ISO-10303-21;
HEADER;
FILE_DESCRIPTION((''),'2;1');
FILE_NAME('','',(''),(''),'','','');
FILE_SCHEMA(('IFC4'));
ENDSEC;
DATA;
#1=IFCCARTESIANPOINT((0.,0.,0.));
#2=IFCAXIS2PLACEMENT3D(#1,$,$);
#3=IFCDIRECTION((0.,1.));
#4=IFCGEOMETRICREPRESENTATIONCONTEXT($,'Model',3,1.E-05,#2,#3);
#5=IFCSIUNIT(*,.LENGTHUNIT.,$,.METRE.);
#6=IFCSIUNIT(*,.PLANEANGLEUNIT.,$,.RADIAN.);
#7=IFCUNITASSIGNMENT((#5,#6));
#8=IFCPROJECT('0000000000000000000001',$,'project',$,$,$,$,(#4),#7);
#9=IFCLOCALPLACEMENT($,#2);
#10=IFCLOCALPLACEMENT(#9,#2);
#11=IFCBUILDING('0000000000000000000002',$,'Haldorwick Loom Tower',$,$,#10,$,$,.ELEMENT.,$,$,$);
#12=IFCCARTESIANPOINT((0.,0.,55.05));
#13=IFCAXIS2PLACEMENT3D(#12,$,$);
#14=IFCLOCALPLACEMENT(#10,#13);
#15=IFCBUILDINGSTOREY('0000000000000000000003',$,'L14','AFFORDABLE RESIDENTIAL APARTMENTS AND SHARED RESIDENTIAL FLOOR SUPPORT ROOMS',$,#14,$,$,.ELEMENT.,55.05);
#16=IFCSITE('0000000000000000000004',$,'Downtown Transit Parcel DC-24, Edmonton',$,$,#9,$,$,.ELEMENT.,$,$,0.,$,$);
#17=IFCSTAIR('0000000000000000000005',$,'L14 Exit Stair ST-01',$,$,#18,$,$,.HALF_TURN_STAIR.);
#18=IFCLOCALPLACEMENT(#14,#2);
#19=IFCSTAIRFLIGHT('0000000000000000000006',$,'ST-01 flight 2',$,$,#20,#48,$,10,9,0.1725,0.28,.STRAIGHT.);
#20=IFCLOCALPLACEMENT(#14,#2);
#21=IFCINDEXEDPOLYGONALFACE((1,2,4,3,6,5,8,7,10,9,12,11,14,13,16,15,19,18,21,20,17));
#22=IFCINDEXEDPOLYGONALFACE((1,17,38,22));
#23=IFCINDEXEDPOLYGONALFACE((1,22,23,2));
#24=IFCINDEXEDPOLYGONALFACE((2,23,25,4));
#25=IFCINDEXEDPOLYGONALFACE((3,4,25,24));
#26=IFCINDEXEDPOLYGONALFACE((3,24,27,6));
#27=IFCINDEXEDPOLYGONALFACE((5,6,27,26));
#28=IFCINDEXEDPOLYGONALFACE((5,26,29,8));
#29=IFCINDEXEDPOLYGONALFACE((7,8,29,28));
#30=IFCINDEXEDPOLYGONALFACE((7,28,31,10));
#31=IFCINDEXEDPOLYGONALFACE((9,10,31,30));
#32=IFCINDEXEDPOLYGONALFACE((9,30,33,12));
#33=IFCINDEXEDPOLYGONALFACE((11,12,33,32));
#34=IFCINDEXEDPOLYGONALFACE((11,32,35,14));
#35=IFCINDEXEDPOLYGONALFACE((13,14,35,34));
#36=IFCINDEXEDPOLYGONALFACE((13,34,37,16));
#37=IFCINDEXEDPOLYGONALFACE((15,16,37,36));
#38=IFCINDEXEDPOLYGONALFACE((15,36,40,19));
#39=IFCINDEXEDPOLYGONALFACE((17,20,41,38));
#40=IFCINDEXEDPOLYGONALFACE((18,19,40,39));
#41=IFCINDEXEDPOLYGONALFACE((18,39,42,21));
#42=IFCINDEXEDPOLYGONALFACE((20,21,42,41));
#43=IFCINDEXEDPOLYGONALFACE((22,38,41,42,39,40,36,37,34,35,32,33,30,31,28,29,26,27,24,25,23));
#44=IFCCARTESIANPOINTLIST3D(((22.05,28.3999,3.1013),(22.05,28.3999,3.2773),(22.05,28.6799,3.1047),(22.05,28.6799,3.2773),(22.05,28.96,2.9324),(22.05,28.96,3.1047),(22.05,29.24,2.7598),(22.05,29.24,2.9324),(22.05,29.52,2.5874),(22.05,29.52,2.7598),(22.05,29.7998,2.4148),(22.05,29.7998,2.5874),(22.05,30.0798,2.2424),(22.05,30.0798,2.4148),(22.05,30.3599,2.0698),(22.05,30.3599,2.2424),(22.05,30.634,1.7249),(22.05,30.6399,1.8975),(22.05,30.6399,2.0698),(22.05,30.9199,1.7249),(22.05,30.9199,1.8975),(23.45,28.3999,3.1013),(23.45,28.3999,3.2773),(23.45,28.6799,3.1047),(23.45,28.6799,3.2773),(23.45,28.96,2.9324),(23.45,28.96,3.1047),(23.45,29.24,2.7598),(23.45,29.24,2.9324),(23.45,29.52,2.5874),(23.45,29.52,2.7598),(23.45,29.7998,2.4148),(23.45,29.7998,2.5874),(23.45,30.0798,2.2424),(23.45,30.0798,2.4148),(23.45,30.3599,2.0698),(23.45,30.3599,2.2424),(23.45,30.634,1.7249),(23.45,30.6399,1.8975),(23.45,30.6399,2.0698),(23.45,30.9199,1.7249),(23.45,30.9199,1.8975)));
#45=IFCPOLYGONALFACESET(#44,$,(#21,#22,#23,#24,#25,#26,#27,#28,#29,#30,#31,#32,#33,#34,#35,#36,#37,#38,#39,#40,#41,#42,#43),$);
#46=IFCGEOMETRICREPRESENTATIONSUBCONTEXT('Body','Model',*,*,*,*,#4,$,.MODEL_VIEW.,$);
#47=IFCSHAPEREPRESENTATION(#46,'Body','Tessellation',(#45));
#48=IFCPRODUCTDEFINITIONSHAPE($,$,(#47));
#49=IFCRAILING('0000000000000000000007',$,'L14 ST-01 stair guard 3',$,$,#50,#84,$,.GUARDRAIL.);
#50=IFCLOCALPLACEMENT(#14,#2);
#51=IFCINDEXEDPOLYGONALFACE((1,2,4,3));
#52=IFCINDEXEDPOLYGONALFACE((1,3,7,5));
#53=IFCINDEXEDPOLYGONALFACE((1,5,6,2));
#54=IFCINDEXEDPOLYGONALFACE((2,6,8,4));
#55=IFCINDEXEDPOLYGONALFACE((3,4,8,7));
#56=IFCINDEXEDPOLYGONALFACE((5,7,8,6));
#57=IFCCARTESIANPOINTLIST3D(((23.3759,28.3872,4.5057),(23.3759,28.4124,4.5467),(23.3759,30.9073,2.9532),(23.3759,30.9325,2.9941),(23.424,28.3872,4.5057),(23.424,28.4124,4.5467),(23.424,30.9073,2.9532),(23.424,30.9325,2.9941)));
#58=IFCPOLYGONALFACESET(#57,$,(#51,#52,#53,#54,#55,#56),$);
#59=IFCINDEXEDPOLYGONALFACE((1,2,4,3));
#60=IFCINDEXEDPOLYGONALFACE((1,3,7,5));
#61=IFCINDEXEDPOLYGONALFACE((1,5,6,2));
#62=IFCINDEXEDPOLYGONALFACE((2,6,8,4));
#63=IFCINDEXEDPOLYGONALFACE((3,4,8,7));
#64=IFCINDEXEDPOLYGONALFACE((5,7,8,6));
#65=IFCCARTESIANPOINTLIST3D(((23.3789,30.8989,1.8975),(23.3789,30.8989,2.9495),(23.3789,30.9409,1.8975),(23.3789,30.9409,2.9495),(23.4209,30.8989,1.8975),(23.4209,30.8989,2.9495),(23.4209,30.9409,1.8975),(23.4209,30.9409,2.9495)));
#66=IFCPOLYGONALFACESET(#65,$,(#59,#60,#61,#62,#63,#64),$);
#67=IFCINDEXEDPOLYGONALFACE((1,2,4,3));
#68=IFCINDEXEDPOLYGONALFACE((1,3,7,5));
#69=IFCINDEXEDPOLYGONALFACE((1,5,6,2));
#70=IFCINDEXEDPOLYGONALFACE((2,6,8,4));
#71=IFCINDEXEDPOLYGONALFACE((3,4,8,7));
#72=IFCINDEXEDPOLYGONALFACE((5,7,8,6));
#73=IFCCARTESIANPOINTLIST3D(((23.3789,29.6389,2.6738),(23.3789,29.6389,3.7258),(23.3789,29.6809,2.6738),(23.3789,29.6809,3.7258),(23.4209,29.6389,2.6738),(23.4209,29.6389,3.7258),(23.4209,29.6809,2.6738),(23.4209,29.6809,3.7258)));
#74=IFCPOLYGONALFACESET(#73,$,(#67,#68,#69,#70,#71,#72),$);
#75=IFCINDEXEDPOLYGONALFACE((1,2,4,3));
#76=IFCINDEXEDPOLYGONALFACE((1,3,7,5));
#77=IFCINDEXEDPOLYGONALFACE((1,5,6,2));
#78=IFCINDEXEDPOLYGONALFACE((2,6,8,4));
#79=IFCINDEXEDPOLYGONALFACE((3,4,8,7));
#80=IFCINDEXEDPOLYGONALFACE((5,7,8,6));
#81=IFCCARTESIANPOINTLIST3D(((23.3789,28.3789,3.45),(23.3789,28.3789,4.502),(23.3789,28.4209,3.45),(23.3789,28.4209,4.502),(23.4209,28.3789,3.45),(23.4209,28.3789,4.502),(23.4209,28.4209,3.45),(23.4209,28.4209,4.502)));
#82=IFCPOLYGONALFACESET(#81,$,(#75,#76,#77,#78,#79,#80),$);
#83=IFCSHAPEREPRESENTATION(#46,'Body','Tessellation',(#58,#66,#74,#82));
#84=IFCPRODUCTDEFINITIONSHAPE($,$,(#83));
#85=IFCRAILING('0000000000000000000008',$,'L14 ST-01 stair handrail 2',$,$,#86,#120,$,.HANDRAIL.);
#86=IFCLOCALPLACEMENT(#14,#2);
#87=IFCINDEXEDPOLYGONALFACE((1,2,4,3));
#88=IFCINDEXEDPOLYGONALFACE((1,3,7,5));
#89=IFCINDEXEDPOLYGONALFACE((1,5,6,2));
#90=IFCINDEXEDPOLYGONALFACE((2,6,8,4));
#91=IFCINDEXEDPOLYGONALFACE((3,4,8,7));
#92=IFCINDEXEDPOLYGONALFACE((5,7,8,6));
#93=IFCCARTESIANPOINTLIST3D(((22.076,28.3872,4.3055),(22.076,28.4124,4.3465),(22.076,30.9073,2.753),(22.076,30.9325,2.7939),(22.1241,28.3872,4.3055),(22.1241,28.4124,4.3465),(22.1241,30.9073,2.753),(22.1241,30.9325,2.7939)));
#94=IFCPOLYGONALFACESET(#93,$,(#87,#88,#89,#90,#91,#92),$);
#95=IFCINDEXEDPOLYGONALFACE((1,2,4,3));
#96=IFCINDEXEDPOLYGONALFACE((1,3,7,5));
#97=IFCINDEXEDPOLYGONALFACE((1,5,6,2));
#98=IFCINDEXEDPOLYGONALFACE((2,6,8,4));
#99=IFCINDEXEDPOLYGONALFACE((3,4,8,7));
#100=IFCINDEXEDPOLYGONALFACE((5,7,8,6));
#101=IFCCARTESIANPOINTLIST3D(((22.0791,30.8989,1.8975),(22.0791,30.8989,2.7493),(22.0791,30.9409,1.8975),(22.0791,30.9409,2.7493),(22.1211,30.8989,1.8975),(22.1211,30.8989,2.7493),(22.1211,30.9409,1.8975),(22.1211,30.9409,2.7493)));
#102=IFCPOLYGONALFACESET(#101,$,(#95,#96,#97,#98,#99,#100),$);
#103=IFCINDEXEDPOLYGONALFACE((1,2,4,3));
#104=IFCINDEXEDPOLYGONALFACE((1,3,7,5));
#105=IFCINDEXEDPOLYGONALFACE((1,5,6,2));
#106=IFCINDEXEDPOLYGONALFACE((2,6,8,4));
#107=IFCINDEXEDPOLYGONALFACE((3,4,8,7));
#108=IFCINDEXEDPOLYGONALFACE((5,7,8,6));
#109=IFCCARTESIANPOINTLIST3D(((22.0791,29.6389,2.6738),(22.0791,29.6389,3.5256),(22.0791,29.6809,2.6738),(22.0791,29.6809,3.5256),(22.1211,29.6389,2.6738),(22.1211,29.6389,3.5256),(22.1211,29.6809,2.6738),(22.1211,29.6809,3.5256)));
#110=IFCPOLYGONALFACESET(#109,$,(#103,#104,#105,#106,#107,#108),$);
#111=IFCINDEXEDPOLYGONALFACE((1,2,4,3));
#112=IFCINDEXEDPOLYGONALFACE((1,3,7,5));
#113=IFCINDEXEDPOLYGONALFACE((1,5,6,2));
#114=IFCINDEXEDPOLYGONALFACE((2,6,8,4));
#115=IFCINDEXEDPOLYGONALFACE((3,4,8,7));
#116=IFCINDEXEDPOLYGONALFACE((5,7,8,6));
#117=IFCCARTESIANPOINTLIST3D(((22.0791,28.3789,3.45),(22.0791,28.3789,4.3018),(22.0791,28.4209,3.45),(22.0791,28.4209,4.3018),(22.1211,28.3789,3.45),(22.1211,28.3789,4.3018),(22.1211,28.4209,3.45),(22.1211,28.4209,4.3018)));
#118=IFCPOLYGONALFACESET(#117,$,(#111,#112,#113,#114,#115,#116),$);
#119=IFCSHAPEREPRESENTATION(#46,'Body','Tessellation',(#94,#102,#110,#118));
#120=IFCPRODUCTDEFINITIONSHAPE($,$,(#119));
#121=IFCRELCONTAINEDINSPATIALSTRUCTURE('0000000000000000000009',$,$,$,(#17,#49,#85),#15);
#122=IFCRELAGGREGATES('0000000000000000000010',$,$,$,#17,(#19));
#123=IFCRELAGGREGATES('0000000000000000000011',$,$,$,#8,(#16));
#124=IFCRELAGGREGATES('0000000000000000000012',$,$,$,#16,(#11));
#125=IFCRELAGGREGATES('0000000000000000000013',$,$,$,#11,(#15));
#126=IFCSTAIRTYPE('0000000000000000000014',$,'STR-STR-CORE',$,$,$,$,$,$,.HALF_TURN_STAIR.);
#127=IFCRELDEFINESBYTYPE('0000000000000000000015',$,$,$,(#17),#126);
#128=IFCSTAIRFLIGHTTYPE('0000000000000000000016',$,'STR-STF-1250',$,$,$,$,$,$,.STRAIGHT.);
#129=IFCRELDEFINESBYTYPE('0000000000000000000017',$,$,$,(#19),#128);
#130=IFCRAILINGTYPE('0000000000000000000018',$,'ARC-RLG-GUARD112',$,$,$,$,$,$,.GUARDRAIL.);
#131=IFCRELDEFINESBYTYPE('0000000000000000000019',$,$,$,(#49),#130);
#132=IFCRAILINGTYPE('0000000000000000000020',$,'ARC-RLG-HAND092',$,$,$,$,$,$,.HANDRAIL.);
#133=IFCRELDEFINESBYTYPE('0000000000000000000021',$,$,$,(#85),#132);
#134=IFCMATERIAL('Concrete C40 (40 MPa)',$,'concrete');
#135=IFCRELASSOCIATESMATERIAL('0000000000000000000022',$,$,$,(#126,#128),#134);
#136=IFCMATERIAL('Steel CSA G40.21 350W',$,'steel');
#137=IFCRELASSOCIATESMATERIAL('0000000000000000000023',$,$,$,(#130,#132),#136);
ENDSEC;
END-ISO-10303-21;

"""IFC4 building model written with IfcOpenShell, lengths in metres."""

from ifc_helpers import new_model, si_unit, direction, frame, origin, origin_2d, place, context, subcontext, project, spatial, polyline, rectangle, outline, extrude, material, type_object, element, aggregate, save


model = new_model("IFC4")

# Units and contexts
model_context = context("Model", 3, precision=1e-05, world=origin(), true_north=direction((0.0, 1.0)))
body_context = subcontext(model_context, "Body", "Model", "MODEL_VIEW")
ifc_project = project(units=[si_unit("LENGTHUNIT", "METRE"), si_unit("PLANEANGLEUNIT", "RADIAN")], contexts=[model_context])

# Site, building, storey
site_placement = place(None, origin())
site = spatial("IfcSite", under=ifc_project, at=site_placement, Name="Downtown Transit Parcel DC-24, Edmonton", CompositionType="ELEMENT", RefElevation=0.0)
building_placement = place(site_placement, origin())
building = spatial("IfcBuilding", under=site, at=building_placement, Name="Haldorwick Loom Tower", CompositionType="ELEMENT")
storey_placement = place(building_placement, frame((0.0, 0.0, 55.05)))
storey = spatial("IfcBuildingStorey", under=building, at=storey_placement, Name="L14", Description="AFFORDABLE RESIDENTIAL APARTMENTS AND SHARED RESIDENTIAL FLOOR SUPPORT ROOMS", CompositionType="ELEMENT", Elevation=55.05)

# Shared definitions
ifc_material_1 = material(Name="Steel CSA G40.21 350W", Category="steel")

# Stair, stair flight
ifc_material_2 = material(Name="Concrete C40 (40 MPa)", Category="concrete")
stair_type = type_object("IfcStairType", Name="STR-STR-CORE", PredefinedType="HALF_TURN_STAIR", material=ifc_material_2)
stair_placement = place(storey_placement, origin())
stair = element("IfcStair", 1, at=stair_placement, inside=storey, type_object=stair_type, Name="L14 Exit Stair ST-01", PredefinedType="HALF_TURN_STAIR")
stair_flight_type = type_object("IfcStairFlightType", Name="STR-STF-1250", PredefinedType="STRAIGHT", material=ifc_material_2)
stair_flight_placement = place(storey_placement, frame((22.75, 30.9199, 1.7249), z_axis=(0.0, 0.0, 1.0), x_axis=(0.0, -1.0, 0.0)))
stair_flight = element("IfcStairFlight", 2, at=stair_flight_placement, type_object=stair_flight_type, Name="ST-01 flight 2", NumberOfRisers=10, NumberOfTreads=9, PredefinedType="STRAIGHT", RiserHeight=0.1725, TreadLength=0.28, context=body_context, shape_type="SweptSolid", body=[
    extrude(outline(polyline([(0.0, 0.0), (0.0, 0.1726), (0.28, 0.1726), (0.28, 0.345), (0.5601, 0.345), (0.5601, 0.5176), (0.8401, 0.5176), (0.8401, 0.6899), (1.1201, 0.6899), (1.1201, 0.8625), (1.3999, 0.8625), (1.3999, 1.0349), (1.6799, 1.0349), (1.6799, 1.2075), (1.96, 1.2075), (1.96, 1.3799), (2.24, 1.3799), (2.24, 1.5525), (2.52, 1.5525), (2.52, 1.7251), (2.52, 1.3765), (0.2859, 0.0), (0.0, 0.0)])), frame((0.0, 0.7, 0.0), z_axis=(0.0, -1.0, 0.0), x_axis=(1.0, 0.0, 0.0)), (0.0, 0.0, 1.0), 1.3999),
])
aggregate(stair, [stair_flight])

# Railings
railing_type_1 = type_object("IfcRailingType", Name="ARC-RLG-GUARD112", PredefinedType="GUARDRAIL", material=ifc_material_1)
railing_1_placement = place(storey_placement, frame((23.3999, 30.9199, 1.8975)))
element("IfcRailing", 3, at=railing_1_placement, inside=storey, type_object=railing_type_1, Name="L14 ST-01 stair guard 3", PredefinedType="GUARDRAIL", context=body_context, shape_type="SweptSolid", body=[
    extrude(rectangle(XDim=0.0481, YDim=0.0481, at=origin_2d()), frame((0.0, 0.0, 1.0762), z_axis=(0.0, -0.8514, 0.524516), x_axis=(1.0, 0.0, 0.0)), (0.0, 0.0, 1.0), 2.96),
    extrude(rectangle(XDim=0.042, YDim=0.042, at=origin_2d()), origin(), (0.0, 0.0, 1.0), 1.052),
    extrude(rectangle(XDim=0.042, YDim=0.042, at=origin_2d()), frame((0.0, -1.26, 0.7764)), (0.0, 0.0, 1.0), 1.052),
    extrude(rectangle(XDim=0.042, YDim=0.042, at=origin_2d()), frame((0.0, -2.52, 1.5525)), (0.0, 0.0, 1.0), 1.052),
])
railing_type_2 = type_object("IfcRailingType", Name="ARC-RLG-HAND092", PredefinedType="HANDRAIL", material=ifc_material_1)
railing_2_placement = place(storey_placement, frame((22.1001, 30.9199, 1.8975)))
element("IfcRailing", 4, at=railing_2_placement, inside=storey, type_object=railing_type_2, Name="L14 ST-01 stair handrail 2", PredefinedType="HANDRAIL", context=body_context, shape_type="SweptSolid", body=[
    extrude(rectangle(XDim=0.0481, YDim=0.0481, at=origin_2d()), frame((0.0, 0.0, 0.876), z_axis=(0.0, -0.8514, 0.524516), x_axis=(1.0, 0.0, 0.0)), (0.0, 0.0, 1.0), 2.96),
    extrude(rectangle(XDim=0.042, YDim=0.042, at=origin_2d()), origin(), (0.0, 0.0, 1.0), 0.8518),
    extrude(rectangle(XDim=0.042, YDim=0.042, at=origin_2d()), frame((0.0, -1.26, 0.7764)), (0.0, 0.0, 1.0), 0.8518),
    extrude(rectangle(XDim=0.042, YDim=0.042, at=origin_2d()), frame((0.0, -2.52, 1.5525)), (0.0, 0.0, 1.0), 0.8518),
])

save(model, "model.ifc")
